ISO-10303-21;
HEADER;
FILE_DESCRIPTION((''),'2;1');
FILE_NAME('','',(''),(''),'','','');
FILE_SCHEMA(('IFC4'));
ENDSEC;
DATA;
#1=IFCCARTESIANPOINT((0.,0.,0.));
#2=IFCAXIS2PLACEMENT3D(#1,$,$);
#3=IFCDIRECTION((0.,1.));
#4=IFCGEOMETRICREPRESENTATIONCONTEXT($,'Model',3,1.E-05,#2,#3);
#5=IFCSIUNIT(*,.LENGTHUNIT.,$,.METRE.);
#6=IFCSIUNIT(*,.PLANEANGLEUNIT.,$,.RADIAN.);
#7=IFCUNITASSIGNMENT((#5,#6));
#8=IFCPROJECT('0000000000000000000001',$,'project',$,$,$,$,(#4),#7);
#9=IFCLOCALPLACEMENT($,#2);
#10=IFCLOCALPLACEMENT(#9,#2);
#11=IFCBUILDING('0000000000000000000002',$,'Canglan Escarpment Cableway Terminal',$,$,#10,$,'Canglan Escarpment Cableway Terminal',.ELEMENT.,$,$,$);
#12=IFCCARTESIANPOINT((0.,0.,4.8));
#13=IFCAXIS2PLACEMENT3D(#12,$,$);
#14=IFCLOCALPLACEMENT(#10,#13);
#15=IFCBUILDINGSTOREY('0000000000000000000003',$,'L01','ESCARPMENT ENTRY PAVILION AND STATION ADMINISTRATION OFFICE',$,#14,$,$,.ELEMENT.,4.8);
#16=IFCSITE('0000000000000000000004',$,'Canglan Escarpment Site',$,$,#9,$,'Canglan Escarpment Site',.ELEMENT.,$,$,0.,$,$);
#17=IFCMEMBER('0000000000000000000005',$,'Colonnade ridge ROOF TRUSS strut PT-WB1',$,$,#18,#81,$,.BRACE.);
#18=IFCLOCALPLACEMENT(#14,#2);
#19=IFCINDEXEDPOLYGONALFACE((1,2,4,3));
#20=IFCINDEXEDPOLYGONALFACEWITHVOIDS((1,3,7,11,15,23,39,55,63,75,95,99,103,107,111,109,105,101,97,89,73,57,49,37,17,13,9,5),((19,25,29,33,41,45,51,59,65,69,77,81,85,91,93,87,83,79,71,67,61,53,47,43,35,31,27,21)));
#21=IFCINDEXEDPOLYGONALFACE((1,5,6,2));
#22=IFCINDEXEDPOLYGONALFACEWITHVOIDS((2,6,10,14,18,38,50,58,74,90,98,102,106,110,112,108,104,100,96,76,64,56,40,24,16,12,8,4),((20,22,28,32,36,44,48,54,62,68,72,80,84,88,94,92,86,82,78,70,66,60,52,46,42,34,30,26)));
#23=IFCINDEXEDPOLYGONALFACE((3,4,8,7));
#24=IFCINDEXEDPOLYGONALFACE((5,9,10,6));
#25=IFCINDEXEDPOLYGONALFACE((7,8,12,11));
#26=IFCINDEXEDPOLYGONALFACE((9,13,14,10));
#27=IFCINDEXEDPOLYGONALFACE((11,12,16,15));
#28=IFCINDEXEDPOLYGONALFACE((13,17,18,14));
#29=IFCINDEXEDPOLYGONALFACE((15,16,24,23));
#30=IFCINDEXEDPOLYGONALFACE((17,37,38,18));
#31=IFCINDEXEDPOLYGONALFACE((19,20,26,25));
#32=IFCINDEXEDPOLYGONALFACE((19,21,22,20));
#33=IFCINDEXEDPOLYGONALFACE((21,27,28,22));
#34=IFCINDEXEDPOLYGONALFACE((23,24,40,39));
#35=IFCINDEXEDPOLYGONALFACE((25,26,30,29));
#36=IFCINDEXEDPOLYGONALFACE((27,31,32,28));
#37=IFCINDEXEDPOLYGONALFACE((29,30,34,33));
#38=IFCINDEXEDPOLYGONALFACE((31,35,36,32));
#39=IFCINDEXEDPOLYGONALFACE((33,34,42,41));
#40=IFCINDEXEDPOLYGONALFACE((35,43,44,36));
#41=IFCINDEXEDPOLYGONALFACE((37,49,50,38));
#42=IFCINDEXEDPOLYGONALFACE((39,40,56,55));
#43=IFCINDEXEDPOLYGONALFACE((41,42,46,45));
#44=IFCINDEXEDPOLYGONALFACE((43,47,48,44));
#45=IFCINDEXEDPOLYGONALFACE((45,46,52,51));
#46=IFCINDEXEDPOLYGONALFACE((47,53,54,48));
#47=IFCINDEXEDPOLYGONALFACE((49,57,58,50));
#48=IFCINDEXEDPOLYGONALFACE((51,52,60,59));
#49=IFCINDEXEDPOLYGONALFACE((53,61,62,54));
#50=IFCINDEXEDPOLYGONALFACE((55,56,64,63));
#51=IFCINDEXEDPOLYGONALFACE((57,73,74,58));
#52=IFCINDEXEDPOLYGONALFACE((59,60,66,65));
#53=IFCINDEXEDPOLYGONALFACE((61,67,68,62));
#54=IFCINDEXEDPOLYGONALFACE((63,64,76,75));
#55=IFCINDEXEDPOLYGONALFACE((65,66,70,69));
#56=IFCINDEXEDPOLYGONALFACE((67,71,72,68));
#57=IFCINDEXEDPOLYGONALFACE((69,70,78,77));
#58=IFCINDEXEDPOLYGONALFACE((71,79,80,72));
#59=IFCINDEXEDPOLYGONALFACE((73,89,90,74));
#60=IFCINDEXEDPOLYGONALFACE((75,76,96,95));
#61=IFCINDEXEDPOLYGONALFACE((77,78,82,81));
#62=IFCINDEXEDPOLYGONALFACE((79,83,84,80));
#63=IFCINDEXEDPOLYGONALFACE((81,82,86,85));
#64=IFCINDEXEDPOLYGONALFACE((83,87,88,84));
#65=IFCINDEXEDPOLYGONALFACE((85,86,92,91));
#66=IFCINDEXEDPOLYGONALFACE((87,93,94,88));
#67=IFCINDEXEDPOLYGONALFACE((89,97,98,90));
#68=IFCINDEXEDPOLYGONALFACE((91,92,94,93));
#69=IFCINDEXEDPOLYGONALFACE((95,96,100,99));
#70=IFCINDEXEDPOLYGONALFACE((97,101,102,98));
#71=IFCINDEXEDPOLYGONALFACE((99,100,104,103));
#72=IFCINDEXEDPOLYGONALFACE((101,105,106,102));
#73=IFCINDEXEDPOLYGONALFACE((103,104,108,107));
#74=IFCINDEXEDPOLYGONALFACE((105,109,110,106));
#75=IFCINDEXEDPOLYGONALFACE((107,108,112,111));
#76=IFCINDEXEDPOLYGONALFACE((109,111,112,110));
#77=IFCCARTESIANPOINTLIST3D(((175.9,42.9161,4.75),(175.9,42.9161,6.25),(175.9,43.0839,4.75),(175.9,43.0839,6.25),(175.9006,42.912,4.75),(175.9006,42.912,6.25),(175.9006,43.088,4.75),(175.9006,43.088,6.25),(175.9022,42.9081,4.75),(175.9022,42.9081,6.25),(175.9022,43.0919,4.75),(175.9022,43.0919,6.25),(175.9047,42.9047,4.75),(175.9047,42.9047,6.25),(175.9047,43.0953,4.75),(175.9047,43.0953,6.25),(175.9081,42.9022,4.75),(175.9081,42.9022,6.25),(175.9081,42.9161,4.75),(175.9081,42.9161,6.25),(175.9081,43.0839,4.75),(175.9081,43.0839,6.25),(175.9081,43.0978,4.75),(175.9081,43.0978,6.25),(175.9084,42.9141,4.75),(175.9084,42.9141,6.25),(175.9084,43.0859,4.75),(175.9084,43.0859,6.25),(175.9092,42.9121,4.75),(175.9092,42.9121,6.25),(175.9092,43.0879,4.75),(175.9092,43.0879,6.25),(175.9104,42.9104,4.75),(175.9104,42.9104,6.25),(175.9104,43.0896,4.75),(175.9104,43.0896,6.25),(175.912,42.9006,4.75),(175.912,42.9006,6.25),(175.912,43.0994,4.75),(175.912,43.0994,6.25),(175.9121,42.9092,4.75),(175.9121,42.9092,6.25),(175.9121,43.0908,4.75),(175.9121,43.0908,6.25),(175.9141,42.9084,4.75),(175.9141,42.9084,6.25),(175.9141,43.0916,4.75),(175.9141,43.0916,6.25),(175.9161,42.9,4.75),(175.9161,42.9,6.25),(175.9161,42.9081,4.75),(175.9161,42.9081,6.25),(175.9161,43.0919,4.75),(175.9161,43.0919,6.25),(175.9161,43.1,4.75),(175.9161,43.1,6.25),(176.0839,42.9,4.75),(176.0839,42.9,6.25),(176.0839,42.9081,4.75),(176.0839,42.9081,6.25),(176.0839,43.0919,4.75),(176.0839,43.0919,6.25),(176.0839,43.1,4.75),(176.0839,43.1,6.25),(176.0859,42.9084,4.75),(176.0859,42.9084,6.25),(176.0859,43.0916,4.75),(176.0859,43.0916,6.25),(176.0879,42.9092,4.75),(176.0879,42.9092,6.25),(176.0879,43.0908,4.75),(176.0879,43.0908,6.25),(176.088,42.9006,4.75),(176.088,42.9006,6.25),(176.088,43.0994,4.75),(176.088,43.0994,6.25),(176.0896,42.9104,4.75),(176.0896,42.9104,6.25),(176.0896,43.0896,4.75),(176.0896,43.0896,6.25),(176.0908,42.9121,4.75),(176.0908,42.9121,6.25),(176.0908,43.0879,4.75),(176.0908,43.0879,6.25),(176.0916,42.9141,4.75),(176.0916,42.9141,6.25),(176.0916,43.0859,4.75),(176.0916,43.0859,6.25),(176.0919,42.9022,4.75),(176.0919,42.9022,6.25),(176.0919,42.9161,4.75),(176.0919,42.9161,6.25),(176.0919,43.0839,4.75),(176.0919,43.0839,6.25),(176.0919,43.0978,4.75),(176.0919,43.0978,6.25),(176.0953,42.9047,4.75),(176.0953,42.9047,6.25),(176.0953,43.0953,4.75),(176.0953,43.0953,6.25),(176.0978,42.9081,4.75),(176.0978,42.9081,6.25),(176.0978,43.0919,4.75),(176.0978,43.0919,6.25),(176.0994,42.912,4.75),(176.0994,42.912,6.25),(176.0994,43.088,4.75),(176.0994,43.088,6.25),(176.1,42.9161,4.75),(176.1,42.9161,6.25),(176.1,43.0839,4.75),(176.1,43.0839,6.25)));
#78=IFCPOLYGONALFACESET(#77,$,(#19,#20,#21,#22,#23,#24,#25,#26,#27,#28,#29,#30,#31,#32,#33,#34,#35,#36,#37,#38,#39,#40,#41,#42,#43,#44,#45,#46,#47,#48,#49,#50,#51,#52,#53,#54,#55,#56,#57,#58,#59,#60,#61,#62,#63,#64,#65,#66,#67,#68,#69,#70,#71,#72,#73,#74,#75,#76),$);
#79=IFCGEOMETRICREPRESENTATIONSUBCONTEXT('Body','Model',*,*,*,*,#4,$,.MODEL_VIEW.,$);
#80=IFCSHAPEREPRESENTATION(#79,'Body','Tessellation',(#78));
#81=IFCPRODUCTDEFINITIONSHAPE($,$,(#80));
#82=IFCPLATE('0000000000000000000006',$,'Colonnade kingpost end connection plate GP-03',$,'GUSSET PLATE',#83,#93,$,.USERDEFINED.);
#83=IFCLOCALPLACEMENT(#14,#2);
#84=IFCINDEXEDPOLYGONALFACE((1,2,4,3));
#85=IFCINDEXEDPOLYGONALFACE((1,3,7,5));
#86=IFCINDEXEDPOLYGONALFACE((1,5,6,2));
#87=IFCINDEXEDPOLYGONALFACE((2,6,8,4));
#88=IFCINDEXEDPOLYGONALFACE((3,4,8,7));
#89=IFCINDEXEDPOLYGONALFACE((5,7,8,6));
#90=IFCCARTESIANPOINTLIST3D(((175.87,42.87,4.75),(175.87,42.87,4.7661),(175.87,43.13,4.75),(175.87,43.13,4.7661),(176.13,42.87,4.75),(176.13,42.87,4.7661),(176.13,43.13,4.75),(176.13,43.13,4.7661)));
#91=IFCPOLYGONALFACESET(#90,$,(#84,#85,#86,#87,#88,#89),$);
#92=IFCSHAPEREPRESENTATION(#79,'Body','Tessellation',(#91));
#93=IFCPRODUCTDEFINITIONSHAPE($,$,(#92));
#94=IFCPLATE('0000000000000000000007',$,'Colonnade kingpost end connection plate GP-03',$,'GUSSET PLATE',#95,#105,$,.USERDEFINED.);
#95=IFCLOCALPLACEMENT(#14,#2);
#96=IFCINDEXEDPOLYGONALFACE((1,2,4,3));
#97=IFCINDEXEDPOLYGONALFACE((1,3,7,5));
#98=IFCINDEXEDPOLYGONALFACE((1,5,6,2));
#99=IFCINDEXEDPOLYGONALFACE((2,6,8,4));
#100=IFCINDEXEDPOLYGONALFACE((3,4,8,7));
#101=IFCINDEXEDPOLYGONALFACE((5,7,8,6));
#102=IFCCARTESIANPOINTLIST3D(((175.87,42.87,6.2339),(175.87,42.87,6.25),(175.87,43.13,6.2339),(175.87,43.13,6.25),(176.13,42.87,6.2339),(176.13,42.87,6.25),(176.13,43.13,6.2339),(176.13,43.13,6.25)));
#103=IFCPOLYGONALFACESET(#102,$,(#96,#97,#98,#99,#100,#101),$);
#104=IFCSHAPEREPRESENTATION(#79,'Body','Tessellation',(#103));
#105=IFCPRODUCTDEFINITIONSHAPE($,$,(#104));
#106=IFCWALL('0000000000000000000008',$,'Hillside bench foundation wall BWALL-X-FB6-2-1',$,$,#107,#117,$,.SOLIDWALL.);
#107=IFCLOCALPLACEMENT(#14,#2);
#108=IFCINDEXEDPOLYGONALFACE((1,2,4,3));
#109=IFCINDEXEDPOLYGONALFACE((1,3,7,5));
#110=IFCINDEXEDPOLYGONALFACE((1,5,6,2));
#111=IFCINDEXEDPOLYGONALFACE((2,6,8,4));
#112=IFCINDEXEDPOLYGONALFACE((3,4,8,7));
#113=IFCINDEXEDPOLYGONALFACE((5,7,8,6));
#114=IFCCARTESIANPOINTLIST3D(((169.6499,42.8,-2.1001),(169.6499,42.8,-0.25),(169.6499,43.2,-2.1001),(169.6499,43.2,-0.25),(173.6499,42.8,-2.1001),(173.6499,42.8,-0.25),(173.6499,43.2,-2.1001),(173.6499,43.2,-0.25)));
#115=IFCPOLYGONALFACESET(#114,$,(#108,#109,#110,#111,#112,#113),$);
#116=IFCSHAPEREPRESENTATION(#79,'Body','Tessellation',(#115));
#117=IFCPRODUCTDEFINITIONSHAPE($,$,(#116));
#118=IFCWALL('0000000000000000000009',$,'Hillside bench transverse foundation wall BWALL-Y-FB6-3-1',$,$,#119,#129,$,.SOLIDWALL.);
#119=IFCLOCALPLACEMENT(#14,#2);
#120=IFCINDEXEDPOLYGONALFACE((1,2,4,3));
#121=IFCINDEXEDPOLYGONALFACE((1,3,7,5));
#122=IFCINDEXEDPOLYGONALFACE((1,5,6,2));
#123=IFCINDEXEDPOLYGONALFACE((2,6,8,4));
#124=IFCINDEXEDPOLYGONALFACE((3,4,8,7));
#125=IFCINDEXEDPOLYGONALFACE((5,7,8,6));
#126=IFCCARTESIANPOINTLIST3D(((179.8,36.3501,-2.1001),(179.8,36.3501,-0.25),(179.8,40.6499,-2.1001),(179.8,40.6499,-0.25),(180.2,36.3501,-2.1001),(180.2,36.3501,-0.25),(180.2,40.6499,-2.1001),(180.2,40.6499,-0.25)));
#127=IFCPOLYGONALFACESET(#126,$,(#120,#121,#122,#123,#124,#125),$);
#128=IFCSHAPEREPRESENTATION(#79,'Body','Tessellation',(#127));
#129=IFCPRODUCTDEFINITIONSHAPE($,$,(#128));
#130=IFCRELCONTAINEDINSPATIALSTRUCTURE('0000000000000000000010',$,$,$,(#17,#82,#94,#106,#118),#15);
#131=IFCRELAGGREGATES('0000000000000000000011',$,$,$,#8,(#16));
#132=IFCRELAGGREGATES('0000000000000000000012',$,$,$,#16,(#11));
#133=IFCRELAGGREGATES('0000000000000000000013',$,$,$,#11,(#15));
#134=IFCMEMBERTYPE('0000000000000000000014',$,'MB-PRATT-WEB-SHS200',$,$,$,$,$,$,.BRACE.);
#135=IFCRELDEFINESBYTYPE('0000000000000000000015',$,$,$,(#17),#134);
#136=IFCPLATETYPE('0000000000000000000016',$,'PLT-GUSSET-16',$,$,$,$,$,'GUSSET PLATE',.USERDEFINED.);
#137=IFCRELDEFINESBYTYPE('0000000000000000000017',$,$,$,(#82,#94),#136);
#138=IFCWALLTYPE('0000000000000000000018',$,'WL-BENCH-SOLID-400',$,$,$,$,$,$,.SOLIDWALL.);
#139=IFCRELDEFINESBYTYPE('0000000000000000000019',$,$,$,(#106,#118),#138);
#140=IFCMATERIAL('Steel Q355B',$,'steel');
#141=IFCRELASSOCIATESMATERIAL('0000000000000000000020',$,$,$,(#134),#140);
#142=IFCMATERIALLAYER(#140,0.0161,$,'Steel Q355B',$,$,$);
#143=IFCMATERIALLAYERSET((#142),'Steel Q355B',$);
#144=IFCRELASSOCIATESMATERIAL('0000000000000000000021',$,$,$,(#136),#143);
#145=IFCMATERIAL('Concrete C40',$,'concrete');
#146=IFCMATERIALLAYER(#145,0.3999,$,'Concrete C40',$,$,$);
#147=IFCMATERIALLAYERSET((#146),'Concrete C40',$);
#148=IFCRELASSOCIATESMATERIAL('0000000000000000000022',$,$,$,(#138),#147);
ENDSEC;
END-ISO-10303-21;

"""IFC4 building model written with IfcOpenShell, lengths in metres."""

from ifc_helpers import new_model, si_unit, direction, frame, frame_2d, origin, origin_2d, place, context, subcontext, project, spatial, rectangle, hollow_rectangle, extrude, material, layer, layer_set, material_profile, profile_set, type_object, element, save


model = new_model("IFC4")

# Units and contexts
model_context = context("Model", 3, precision=1e-05, world=origin(), true_north=direction((0.0, 1.0)))
body_context = subcontext(model_context, "Body", "Model", "MODEL_VIEW")
ifc_project = project(units=[si_unit("LENGTHUNIT", "METRE"), si_unit("PLANEANGLEUNIT", "RADIAN")], contexts=[model_context])

# Site, building, storey
site_placement = place(None, origin())
site = spatial("IfcSite", under=ifc_project, at=site_placement, Name="Canglan Escarpment Site", LongName="Canglan Escarpment Site", CompositionType="ELEMENT", RefElevation=0.0)
building_placement = place(site_placement, origin())
building = spatial("IfcBuilding", under=site, at=building_placement, Name="Canglan Escarpment Cableway Terminal", LongName="Canglan Escarpment Cableway Terminal", CompositionType="ELEMENT")
storey_placement = place(building_placement, frame((0.0, 0.0, 4.8)))
storey = spatial("IfcBuildingStorey", under=building, at=storey_placement, Name="L01", Description="ESCARPMENT ENTRY PAVILION AND STATION ADMINISTRATION OFFICE", CompositionType="ELEMENT", Elevation=4.8)

# Shared definitions
ifc_material_1 = material(Name="Concrete C40", Category="concrete")

# Shared definitions
ifc_material_2 = material(Name="Steel Q355B", Category="steel")

# Member
ifc_material_profile_1 = material_profile(ifc_material_2, hollow_rectangle(XDim=0.2, YDim=0.2, WallThickness=0.0081, InnerFilletRadius=0.0081, OuterFilletRadius=0.0161, at=origin_2d()), Name="SHS 200x200x8")
ifc_profile_set_1 = profile_set([ifc_material_profile_1], Name="Steel Q355B")
member_type_1 = type_object("IfcMemberType", Name="MB-PRATT-WEB-SHS200", PredefinedType="BRACE", material=ifc_profile_set_1)
member_1_placement = place(storey_placement, frame((176.0, 43.0, 4.75), z_axis=(0.0, 0.0, 1.0), x_axis=(1.0, 0.0, 0.0)))
element("IfcMember", 1, at=member_1_placement, inside=storey, type_object=member_type_1, Name="Colonnade ridge ROOF TRUSS strut PT-WB1", PredefinedType="BRACE", context=body_context, shape_type="SweptSolid", body=[
    extrude(hollow_rectangle(XDim=0.2, YDim=0.2, WallThickness=0.0081, InnerFilletRadius=0.0081, OuterFilletRadius=0.0161, at=origin_2d()), origin(), (0.0, 0.0, 1.0), 1.5),
])

# Plates
ifc_layer_1 = layer(ifc_material_2, 0.0161, Name="Steel Q355B")
ifc_layer_set_1 = layer_set([ifc_layer_1], Name="Steel Q355B")
plate_type = type_object("IfcPlateType", Name="PLT-GUSSET-16", ElementType="GUSSET PLATE", PredefinedType="USERDEFINED", material=ifc_layer_set_1)
for number, where, z_axis, x_axis, name in (
    (2, (176.0, 43.0, 4.75), (0.0, 0.0, 1.0), (1.0, 0.0, 0.0), "Colonnade kingpost end connection plate GP-03"),
    (3, (176.0, 43.0, 6.2339), (0.0, 0.0, 1.0), (1.0, 0.0, 0.0), "Colonnade kingpost end connection plate GP-03"),
):
    element("IfcPlate", number, at=place(storey_placement, frame(where, z_axis=z_axis, x_axis=x_axis)), inside=storey, type_object=plate_type, Name=name, ObjectType="GUSSET PLATE", PredefinedType="USERDEFINED", context=body_context, shape_type="SweptSolid", body=[
        extrude(rectangle(XDim=0.26, YDim=0.26, at=origin_2d()), origin(), (0.0, 0.0, 1.0), 0.0161),
    ])

# Walls
ifc_layer_2 = layer(ifc_material_1, 0.3999, Name="Concrete C40")
ifc_layer_set_2 = layer_set([ifc_layer_2], Name="Concrete C40")
wall_type = type_object("IfcWallType", Name="WL-BENCH-SOLID-400", PredefinedType="SOLIDWALL", material=ifc_layer_set_2)
wall_1_placement = place(storey_placement, frame((169.6499, 43.0, -2.1001), z_axis=(0.0, 0.0, 1.0), x_axis=(1.0, 0.0, 0.0)))
element("IfcWall", 4, at=wall_1_placement, inside=storey, type_object=wall_type, Name="Hillside bench foundation wall BWALL-X-FB6-2-1", PredefinedType="SOLIDWALL", context=body_context, shape_type="SweptSolid", body=[
    extrude(rectangle(XDim=4.0, YDim=0.3999, at=frame_2d((2.0, 0.0))), origin(), (0.0, 0.0, 1.0), 1.8501),
])
wall_2_placement = place(storey_placement, frame((180.0, 36.3501, -2.1001), z_axis=(0.0, 0.0, 1.0), x_axis=(0.0, 1.0, 0.0)))
element("IfcWall", 5, at=wall_2_placement, inside=storey, type_object=wall_type, Name="Hillside bench transverse foundation wall BWALL-Y-FB6-3-1", PredefinedType="SOLIDWALL", context=body_context, shape_type="SweptSolid", body=[
    extrude(rectangle(XDim=4.2998, YDim=0.3999, at=frame_2d((2.1499, 0.0))), origin(), (0.0, 0.0, 1.0), 1.8501),
])

save(model, "model.ifc")
